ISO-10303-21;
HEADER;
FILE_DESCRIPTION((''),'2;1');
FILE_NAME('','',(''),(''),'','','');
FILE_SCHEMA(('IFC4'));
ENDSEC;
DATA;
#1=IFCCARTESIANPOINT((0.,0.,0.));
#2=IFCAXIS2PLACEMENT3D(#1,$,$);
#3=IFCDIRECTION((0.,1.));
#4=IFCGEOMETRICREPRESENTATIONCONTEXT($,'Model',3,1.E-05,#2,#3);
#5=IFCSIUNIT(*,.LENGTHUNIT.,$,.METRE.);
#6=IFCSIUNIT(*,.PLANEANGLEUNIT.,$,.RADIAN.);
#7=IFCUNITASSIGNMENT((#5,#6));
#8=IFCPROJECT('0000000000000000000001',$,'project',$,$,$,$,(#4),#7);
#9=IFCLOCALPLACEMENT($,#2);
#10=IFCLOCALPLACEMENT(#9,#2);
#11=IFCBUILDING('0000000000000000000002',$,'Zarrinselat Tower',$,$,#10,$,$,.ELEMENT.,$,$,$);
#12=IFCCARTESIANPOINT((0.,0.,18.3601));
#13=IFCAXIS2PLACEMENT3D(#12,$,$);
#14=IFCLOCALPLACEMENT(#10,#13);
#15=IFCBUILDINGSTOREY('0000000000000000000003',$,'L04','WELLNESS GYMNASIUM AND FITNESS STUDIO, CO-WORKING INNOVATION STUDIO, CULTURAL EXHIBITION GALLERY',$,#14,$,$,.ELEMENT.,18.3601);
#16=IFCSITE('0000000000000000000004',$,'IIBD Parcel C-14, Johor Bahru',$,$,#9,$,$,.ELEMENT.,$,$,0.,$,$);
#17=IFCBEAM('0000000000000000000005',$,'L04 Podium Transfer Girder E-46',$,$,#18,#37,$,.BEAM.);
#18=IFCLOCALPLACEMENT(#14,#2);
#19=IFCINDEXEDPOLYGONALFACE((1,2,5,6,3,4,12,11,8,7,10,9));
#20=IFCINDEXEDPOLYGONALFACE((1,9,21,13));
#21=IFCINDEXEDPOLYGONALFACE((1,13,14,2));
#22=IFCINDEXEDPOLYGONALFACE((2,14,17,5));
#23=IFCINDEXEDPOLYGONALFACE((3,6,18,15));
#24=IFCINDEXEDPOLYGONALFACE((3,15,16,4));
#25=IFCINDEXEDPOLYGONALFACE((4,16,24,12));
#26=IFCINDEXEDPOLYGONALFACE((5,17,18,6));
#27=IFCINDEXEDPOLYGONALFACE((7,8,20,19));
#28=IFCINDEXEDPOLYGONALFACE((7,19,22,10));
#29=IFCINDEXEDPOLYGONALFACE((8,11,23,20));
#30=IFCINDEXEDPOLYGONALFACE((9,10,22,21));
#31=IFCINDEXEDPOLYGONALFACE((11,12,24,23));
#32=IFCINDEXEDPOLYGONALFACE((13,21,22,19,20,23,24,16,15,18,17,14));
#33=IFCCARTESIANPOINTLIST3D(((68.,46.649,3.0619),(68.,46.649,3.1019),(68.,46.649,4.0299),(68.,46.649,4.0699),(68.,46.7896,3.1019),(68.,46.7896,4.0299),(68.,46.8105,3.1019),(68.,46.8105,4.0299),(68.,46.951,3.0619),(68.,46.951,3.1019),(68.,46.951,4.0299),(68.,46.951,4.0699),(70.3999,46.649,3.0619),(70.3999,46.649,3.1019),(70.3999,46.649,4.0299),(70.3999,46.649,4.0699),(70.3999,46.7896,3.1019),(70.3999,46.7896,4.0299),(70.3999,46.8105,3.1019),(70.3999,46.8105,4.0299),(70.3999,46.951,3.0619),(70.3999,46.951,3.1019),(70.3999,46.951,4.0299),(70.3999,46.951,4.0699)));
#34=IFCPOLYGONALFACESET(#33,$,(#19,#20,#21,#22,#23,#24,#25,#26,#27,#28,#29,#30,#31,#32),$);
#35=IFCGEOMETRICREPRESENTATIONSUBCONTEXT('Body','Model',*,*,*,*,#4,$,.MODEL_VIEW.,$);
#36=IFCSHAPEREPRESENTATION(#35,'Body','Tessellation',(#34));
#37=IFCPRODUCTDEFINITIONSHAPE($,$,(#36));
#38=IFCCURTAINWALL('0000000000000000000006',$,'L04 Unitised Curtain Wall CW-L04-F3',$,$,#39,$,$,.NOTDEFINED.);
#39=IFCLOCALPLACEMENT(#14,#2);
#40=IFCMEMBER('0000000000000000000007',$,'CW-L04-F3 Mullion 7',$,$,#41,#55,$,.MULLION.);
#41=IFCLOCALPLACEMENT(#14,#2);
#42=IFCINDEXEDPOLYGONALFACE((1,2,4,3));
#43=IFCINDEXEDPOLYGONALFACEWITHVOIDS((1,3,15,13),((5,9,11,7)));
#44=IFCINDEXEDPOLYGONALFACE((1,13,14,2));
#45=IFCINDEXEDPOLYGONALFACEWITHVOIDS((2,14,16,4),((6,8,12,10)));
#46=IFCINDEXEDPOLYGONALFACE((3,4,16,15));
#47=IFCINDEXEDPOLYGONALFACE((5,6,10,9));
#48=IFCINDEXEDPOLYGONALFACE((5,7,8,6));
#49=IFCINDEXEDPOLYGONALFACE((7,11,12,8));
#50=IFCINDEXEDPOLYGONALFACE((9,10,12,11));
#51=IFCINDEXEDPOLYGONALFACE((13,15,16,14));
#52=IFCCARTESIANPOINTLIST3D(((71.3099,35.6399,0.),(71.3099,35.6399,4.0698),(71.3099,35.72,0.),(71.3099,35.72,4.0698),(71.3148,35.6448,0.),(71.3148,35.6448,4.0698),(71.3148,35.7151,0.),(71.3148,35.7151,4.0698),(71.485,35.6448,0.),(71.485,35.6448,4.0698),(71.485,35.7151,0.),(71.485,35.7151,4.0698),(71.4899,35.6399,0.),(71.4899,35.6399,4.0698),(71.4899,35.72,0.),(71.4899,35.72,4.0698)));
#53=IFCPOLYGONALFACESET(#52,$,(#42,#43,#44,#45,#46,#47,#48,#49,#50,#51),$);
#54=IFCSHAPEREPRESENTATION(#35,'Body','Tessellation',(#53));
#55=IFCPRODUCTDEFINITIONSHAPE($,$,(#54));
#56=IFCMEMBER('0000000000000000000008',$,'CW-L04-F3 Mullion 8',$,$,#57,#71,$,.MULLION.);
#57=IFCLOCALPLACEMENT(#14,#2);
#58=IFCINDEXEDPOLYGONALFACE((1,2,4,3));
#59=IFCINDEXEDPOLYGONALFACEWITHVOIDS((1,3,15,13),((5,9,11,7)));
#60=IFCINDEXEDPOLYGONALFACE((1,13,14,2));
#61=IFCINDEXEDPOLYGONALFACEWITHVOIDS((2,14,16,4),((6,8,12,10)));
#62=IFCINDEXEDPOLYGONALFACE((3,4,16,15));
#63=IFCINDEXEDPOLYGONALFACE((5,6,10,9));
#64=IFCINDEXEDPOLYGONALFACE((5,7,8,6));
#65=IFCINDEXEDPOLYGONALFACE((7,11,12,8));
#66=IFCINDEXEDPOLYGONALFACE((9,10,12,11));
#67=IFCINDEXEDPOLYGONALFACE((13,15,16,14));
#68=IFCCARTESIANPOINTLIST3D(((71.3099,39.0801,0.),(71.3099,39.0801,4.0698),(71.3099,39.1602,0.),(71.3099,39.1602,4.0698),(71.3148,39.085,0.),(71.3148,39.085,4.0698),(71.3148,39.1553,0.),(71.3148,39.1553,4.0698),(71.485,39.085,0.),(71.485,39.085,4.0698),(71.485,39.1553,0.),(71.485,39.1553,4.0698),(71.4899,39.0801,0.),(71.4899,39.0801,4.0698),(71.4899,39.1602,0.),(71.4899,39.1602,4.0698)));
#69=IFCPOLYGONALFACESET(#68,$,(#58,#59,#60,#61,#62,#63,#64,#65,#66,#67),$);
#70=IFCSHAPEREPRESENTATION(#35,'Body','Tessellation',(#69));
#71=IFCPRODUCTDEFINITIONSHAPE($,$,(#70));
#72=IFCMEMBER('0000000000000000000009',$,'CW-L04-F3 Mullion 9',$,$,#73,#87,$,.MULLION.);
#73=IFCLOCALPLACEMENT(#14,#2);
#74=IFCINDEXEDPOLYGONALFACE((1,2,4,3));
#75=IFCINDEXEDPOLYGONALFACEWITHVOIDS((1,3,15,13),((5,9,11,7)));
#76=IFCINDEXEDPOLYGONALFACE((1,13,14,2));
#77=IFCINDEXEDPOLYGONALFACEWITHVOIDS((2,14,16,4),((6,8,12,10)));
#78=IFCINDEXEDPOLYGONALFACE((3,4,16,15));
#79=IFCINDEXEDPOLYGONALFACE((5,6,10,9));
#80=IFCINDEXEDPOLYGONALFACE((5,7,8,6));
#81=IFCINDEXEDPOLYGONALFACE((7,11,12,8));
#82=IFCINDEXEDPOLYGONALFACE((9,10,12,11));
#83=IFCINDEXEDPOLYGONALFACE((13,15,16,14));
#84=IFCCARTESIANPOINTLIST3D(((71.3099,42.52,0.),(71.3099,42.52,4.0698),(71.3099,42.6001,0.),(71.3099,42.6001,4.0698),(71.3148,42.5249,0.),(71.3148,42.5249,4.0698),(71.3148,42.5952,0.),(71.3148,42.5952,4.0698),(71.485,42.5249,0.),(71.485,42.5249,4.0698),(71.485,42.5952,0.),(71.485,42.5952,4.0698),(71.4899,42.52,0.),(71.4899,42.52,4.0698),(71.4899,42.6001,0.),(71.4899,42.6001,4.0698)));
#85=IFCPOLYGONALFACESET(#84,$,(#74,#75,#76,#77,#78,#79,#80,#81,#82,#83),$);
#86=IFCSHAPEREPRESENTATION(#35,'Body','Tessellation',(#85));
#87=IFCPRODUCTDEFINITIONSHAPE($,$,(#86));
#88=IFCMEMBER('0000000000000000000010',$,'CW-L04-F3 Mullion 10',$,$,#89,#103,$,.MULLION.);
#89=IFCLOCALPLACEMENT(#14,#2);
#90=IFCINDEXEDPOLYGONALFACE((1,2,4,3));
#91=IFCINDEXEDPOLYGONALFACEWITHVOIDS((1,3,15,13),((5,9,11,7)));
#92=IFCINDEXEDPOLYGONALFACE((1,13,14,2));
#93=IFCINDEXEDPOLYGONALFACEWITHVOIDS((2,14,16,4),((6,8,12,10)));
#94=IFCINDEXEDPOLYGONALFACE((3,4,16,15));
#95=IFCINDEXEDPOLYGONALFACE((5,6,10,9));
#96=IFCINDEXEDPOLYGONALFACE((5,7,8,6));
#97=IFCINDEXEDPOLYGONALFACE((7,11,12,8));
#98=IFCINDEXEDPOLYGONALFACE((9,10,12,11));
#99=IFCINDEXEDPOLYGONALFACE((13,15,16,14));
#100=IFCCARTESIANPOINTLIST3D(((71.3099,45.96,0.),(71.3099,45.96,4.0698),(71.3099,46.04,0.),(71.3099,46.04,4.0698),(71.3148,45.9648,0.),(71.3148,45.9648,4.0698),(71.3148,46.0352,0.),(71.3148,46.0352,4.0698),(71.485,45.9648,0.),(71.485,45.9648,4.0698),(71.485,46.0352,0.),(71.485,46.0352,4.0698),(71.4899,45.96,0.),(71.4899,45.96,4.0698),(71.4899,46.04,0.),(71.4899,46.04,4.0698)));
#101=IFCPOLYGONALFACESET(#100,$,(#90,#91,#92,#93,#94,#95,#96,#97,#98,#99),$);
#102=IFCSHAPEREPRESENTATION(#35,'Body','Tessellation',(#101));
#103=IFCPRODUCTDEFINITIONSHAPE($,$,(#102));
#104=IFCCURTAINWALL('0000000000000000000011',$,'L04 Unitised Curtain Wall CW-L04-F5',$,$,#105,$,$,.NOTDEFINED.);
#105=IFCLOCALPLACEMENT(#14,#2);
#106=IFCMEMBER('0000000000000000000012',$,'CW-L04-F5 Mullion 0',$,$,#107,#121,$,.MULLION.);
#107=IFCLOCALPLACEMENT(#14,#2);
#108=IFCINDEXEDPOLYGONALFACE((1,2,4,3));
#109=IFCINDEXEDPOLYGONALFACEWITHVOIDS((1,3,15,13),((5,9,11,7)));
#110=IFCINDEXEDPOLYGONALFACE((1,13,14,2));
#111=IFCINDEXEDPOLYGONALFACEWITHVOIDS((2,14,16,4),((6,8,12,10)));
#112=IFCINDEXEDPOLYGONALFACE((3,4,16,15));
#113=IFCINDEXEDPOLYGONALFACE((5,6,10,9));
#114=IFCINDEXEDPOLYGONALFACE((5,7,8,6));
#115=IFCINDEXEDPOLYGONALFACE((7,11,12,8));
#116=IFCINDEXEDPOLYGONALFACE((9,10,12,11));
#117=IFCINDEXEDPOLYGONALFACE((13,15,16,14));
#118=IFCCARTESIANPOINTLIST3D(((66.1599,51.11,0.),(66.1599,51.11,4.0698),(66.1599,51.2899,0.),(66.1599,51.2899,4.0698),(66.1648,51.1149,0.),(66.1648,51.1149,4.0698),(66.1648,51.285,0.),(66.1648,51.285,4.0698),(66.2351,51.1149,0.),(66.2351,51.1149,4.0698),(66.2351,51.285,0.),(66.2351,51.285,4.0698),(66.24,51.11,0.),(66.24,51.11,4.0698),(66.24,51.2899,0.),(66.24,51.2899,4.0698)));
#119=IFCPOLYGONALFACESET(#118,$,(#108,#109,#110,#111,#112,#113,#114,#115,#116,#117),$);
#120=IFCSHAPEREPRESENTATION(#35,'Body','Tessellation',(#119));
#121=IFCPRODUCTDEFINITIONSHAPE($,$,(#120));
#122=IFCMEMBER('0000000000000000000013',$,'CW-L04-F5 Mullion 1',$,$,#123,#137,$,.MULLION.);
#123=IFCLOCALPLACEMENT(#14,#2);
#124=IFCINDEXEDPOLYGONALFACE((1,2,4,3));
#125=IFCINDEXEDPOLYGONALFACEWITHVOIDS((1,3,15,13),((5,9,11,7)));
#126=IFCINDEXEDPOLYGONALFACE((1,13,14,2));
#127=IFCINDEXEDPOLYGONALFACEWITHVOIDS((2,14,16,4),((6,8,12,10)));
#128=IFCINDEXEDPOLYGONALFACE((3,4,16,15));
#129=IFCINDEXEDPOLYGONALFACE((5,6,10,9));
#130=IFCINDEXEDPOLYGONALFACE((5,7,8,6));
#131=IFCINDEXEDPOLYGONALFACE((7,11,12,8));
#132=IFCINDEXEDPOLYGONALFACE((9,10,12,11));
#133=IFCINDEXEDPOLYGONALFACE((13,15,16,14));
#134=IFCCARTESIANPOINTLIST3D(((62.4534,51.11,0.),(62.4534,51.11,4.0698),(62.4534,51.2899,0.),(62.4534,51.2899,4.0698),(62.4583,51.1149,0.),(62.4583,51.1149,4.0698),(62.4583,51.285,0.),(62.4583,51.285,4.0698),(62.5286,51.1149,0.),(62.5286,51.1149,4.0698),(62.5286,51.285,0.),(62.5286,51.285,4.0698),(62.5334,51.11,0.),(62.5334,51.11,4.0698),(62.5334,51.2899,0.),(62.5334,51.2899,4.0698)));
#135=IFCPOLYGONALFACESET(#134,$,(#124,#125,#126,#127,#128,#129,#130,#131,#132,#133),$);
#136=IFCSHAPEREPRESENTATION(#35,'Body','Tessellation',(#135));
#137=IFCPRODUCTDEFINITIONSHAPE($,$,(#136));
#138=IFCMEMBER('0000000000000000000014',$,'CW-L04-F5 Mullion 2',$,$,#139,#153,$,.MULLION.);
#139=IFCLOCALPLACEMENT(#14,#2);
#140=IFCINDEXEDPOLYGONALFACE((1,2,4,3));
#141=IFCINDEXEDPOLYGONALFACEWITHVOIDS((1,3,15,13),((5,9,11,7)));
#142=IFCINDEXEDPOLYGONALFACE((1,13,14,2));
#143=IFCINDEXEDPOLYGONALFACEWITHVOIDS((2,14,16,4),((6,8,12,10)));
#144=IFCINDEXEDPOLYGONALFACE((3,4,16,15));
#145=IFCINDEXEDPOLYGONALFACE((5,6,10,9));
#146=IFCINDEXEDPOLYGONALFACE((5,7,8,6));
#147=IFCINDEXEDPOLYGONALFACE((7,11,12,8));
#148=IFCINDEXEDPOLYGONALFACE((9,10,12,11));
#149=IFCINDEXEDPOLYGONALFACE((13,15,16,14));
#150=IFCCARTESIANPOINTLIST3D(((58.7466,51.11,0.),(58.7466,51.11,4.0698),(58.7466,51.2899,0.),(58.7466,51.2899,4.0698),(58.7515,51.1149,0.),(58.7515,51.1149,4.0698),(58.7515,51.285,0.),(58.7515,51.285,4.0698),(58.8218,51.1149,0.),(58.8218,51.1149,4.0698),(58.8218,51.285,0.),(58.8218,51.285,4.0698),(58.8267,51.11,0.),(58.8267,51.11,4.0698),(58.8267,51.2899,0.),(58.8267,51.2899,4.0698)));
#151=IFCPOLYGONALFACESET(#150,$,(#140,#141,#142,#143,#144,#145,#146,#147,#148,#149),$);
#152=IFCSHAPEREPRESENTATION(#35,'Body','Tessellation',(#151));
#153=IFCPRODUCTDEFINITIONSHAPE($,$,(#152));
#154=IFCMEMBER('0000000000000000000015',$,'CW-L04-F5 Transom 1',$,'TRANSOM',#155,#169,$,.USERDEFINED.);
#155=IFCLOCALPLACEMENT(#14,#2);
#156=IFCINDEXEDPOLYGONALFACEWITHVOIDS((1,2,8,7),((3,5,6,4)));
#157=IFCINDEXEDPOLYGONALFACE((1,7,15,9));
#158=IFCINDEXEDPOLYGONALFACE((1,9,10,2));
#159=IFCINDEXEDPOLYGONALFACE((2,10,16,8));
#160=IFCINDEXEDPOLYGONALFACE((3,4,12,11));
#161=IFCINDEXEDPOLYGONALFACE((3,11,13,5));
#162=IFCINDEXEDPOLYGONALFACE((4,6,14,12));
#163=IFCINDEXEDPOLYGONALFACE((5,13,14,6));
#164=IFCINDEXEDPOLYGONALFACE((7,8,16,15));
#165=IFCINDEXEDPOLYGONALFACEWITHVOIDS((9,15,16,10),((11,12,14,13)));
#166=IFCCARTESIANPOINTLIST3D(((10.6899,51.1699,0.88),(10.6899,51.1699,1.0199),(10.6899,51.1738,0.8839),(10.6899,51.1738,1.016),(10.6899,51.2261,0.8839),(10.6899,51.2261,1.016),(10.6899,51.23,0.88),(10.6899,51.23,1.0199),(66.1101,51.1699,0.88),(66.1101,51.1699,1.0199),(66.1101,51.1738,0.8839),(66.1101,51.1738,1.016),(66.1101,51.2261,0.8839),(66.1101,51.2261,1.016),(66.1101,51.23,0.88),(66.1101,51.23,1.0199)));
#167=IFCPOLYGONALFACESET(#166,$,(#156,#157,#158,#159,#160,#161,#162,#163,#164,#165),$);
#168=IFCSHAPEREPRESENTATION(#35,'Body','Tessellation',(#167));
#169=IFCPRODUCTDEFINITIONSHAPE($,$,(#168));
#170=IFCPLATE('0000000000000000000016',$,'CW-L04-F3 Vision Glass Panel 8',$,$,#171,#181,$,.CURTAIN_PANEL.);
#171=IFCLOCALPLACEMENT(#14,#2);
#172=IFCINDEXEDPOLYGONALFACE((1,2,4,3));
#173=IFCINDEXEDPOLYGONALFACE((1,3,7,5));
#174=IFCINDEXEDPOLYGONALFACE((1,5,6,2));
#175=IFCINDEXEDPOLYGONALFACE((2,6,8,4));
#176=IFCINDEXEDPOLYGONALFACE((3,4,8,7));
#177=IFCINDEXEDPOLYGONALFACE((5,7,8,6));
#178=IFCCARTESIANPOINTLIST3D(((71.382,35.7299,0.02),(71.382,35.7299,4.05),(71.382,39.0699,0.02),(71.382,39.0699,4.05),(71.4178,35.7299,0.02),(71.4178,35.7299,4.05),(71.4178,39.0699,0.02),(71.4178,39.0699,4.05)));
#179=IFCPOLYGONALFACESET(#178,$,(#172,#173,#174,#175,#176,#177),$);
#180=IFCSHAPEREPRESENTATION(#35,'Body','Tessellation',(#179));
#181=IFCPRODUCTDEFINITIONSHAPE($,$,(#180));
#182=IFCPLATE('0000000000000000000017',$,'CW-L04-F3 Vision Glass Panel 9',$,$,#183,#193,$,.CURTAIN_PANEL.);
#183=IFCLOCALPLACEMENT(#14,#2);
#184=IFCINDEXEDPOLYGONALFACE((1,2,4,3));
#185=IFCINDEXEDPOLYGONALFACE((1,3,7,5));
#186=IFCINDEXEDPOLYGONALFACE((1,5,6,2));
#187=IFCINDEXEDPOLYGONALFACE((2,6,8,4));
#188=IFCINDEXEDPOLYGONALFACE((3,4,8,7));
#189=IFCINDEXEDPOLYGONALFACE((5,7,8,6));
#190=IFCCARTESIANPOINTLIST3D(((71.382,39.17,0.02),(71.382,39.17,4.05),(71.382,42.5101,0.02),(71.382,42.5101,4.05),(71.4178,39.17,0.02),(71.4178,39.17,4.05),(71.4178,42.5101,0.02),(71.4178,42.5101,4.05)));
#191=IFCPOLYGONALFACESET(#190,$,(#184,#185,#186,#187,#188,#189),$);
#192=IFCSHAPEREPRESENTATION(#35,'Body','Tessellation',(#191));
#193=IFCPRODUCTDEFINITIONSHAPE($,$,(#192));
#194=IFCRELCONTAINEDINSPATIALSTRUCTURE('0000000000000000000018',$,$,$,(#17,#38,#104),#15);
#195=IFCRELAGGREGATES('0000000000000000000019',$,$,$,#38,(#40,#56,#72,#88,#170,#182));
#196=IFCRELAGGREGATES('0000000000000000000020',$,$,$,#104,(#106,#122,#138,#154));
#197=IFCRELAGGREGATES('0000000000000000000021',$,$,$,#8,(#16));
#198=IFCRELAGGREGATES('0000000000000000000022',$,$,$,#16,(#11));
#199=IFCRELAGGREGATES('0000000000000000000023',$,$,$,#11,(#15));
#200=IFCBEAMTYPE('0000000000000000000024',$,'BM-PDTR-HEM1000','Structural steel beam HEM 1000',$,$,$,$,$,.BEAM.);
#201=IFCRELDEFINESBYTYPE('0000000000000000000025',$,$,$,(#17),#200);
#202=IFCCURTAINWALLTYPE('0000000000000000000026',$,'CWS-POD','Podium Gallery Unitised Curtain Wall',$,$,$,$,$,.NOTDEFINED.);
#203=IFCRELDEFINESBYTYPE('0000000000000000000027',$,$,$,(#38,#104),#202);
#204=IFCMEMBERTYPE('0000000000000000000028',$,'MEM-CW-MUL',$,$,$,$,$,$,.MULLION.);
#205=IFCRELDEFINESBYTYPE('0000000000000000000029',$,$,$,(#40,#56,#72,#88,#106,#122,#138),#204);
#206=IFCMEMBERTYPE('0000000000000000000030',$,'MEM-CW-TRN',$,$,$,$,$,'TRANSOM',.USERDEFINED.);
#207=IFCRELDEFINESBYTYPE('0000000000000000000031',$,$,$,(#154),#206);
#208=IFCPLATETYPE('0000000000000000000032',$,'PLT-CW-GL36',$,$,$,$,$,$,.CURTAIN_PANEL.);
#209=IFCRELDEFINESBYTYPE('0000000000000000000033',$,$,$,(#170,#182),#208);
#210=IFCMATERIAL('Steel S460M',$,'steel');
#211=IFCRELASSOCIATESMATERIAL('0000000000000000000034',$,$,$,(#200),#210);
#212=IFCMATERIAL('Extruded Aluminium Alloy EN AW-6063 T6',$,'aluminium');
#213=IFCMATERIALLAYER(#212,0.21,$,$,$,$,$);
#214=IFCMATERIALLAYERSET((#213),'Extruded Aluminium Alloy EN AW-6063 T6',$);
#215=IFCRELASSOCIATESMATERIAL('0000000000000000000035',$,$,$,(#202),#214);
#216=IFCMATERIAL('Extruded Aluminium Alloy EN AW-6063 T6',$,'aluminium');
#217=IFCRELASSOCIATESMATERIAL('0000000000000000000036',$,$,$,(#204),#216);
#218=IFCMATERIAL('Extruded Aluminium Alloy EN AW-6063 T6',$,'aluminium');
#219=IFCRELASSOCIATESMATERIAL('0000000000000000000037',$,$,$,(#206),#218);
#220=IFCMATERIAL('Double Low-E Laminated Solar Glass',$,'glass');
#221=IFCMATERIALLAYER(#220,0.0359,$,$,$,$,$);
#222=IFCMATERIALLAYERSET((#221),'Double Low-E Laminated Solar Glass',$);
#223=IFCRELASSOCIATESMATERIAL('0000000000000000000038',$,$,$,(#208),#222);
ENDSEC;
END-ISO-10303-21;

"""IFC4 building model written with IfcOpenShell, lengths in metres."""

from ifc_helpers import new_model, si_unit, direction, frame, origin, origin_2d, place, context, subcontext, project, spatial, rectangle, hollow_rectangle, i_section, extrude, material, layer, layer_set, material_profile, profile_set, type_object, element, aggregate, save


model = new_model("IFC4")

# Units and contexts
model_context = context("Model", 3, precision=1e-05, world=origin(), true_north=direction((0.0, 1.0)))
body_context = subcontext(model_context, "Body", "Model", "MODEL_VIEW")
ifc_project = project(units=[si_unit("LENGTHUNIT", "METRE"), si_unit("PLANEANGLEUNIT", "RADIAN")], contexts=[model_context])

# Site, building, storey
site_placement = place(None, origin())
site = spatial("IfcSite", under=ifc_project, at=site_placement, Name="IIBD Parcel C-14, Johor Bahru", CompositionType="ELEMENT", RefElevation=0.0)
building_placement = place(site_placement, origin())
building = spatial("IfcBuilding", under=site, at=building_placement, Name="Zarrinselat Tower", CompositionType="ELEMENT")
storey_placement = place(building_placement, frame((0.0, 0.0, 18.3601)))
storey = spatial("IfcBuildingStorey", under=building, at=storey_placement, Name="L04", Description="WELLNESS GYMNASIUM AND FITNESS STUDIO, CO-WORKING INNOVATION STUDIO, CULTURAL EXHIBITION GALLERY", CompositionType="ELEMENT", Elevation=18.3601)

# Beam
ifc_material_1 = material(Name="Steel S460M", Category="steel")
ifc_material_profile_1 = material_profile(ifc_material_1, i_section(OverallWidth=0.302, OverallDepth=1.0081, WebThickness=0.021, FlangeThickness=0.04, at=origin_2d()), Name="HEM 1000")
ifc_profile_set_1 = profile_set([ifc_material_profile_1], Name="Steel S460M")
beam_type_1 = type_object("IfcBeamType", Name="BM-PDTR-HEM1000", Description="Structural steel beam HEM 1000", PredefinedType="BEAM", material=ifc_profile_set_1)
for number, where, z_axis, x_axis, name in (
    (1, (68.0, 46.8, 3.5659), (1.0, 0.0, 0.0), (0.0, 1.0, 0.0), "L04 Podium Transfer Girder E-46"),
):
    element("IfcBeam", number, at=place(storey_placement, frame(where, z_axis=z_axis, x_axis=x_axis)), inside=storey, type_object=beam_type_1, Name=name, PredefinedType="BEAM", context=body_context, shape_type="SweptSolid", body=[
        extrude(i_section(OverallWidth=0.302, OverallDepth=1.0081, WebThickness=0.021, FlangeThickness=0.04, at=origin_2d()), origin(), (0.0, 0.0, 1.0), 2.3999),
    ])

# Curtain walls, members
ifc_material_2 = material(Name="Extruded Aluminium Alloy EN AW-6063 T6", Category="aluminium")
ifc_layer_1 = layer(ifc_material_2, 0.21)
ifc_layer_set_1 = layer_set([ifc_layer_1], Name="Extruded Aluminium Alloy EN AW-6063 T6")
curtain_wall_type = type_object("IfcCurtainWallType", Name="CWS-POD", Description="Podium Gallery Unitised Curtain Wall", PredefinedType="NOTDEFINED", material=ifc_layer_set_1)
curtain_wall_1_placement = place(storey_placement, origin())
curtain_wall_1 = element("IfcCurtainWall", 2, at=curtain_wall_1_placement, inside=storey, type_object=curtain_wall_type, Name="L04 Unitised Curtain Wall CW-L04-F3", PredefinedType="NOTDEFINED")
ifc_material_3 = material(Name="Extruded Aluminium Alloy EN AW-6063 T6", Category="aluminium")
ifc_material_profile_2 = material_profile(ifc_material_3, hollow_rectangle(XDim=0.0801, YDim=0.1799, WallThickness=0.0049, at=origin_2d()), Name="RHS 180x80x5")
ifc_profile_set_2 = profile_set([ifc_material_profile_2], Name="Extruded Aluminium Alloy EN AW-6063 T6")
member_type_1 = type_object("IfcMemberType", Name="MEM-CW-MUL", PredefinedType="MULLION", material=ifc_profile_set_2)
member_1_placement = place(storey_placement, frame((71.3999, 35.6799, 0.0), z_axis=(0.0, 0.0, 1.0), x_axis=(0.0, 1.0, 0.0)))
member_1 = element("IfcMember", 3, at=member_1_placement, type_object=member_type_1, Name="CW-L04-F3 Mullion 7", PredefinedType="MULLION", context=body_context, shape_type="SweptSolid", body=[
    extrude(hollow_rectangle(XDim=0.0801, YDim=0.1799, WallThickness=0.0049, at=origin_2d()), origin(), (0.0, 0.0, 1.0), 4.0698),
])
member_2_placement = place(storey_placement, frame((71.3999, 39.1201, 0.0), z_axis=(0.0, 0.0, 1.0), x_axis=(0.0, 1.0, 0.0)))
member_2 = element("IfcMember", 4, at=member_2_placement, type_object=member_type_1, Name="CW-L04-F3 Mullion 8", PredefinedType="MULLION", context=body_context, shape_type="SweptSolid", body=[
    extrude(hollow_rectangle(XDim=0.0801, YDim=0.1799, WallThickness=0.0049, at=origin_2d()), origin(), (0.0, 0.0, 1.0), 4.0698),
])
member_3_placement = place(storey_placement, frame((71.3999, 42.5601, 0.0), z_axis=(0.0, 0.0, 1.0), x_axis=(0.0, 1.0, 0.0)))
member_3 = element("IfcMember", 5, at=member_3_placement, type_object=member_type_1, Name="CW-L04-F3 Mullion 9", PredefinedType="MULLION", context=body_context, shape_type="SweptSolid", body=[
    extrude(hollow_rectangle(XDim=0.0801, YDim=0.1799, WallThickness=0.0049, at=origin_2d()), origin(), (0.0, 0.0, 1.0), 4.0698),
])
member_4_placement = place(storey_placement, frame((71.3999, 46.0, 0.0), z_axis=(0.0, 0.0, 1.0), x_axis=(0.0, 1.0, 0.0)))
member_4 = element("IfcMember", 6, at=member_4_placement, type_object=member_type_1, Name="CW-L04-F3 Mullion 10", PredefinedType="MULLION", context=body_context, shape_type="SweptSolid", body=[
    extrude(hollow_rectangle(XDim=0.0801, YDim=0.1799, WallThickness=0.0049, at=origin_2d()), origin(), (0.0, 0.0, 1.0), 4.0698),
])
curtain_wall_2_placement = place(storey_placement, origin())
curtain_wall_2 = element("IfcCurtainWall", 7, at=curtain_wall_2_placement, inside=storey, type_object=curtain_wall_type, Name="L04 Unitised Curtain Wall CW-L04-F5", PredefinedType="NOTDEFINED")
member_5_placement = place(storey_placement, frame((66.2, 51.2, 0.0), z_axis=(0.0, 0.0, 1.0), x_axis=(-1.0, 0.0, 0.0)))
member_5 = element("IfcMember", 8, at=member_5_placement, type_object=member_type_1, Name="CW-L04-F5 Mullion 0", PredefinedType="MULLION", context=body_context, shape_type="SweptSolid", body=[
    extrude(hollow_rectangle(XDim=0.0801, YDim=0.1799, WallThickness=0.0049, at=origin_2d()), origin(), (0.0, 0.0, 1.0), 4.0698),
])
member_6_placement = place(storey_placement, frame((62.4934, 51.2, 0.0), z_axis=(0.0, 0.0, 1.0), x_axis=(-1.0, 0.0, 0.0)))
member_6 = element("IfcMember", 9, at=member_6_placement, type_object=member_type_1, Name="CW-L04-F5 Mullion 1", PredefinedType="MULLION", context=body_context, shape_type="SweptSolid", body=[
    extrude(hollow_rectangle(XDim=0.0801, YDim=0.1799, WallThickness=0.0049, at=origin_2d()), origin(), (0.0, 0.0, 1.0), 4.0698),
])
member_7_placement = place(storey_placement, frame((58.7866, 51.2, 0.0), z_axis=(0.0, 0.0, 1.0), x_axis=(-1.0, 0.0, 0.0)))
member_7 = element("IfcMember", 10, at=member_7_placement, type_object=member_type_1, Name="CW-L04-F5 Mullion 2", PredefinedType="MULLION", context=body_context, shape_type="SweptSolid", body=[
    extrude(hollow_rectangle(XDim=0.0801, YDim=0.1799, WallThickness=0.0049, at=origin_2d()), origin(), (0.0, 0.0, 1.0), 4.0698),
])
ifc_material_4 = material(Name="Extruded Aluminium Alloy EN AW-6063 T6", Category="aluminium")
ifc_material_profile_3 = material_profile(ifc_material_4, hollow_rectangle(XDim=0.0601, YDim=0.1399, WallThickness=0.0039, at=origin_2d()), Name="RHS 140x60x4")
ifc_profile_set_3 = profile_set([ifc_material_profile_3], Name="Extruded Aluminium Alloy EN AW-6063 T6")
member_type_2 = type_object("IfcMemberType", Name="MEM-CW-TRN", ElementType="TRANSOM", PredefinedType="USERDEFINED", material=ifc_profile_set_3)
member_8_placement = place(storey_placement, frame((66.1101, 51.2, 0.95), z_axis=(-1.0, 0.0, 0.0), x_axis=(0.0, -1.0, 0.0)))
member_8 = element("IfcMember", 11, at=member_8_placement, type_object=member_type_2, Name="CW-L04-F5 Transom 1", ObjectType="TRANSOM", PredefinedType="USERDEFINED", context=body_context, shape_type="SweptSolid", body=[
    extrude(hollow_rectangle(XDim=0.0601, YDim=0.1399, WallThickness=0.0039, at=origin_2d()), origin(), (0.0, 0.0, 1.0), 55.4202),
])

# Plates
ifc_material_5 = material(Name="Double Low-E Laminated Solar Glass", Category="glass")
ifc_layer_2 = layer(ifc_material_5, 0.0359)
ifc_layer_set_2 = layer_set([ifc_layer_2], Name="Double Low-E Laminated Solar Glass")
plate_type = type_object("IfcPlateType", Name="PLT-CW-GL36", PredefinedType="CURTAIN_PANEL", material=ifc_layer_set_2)
plate_1_placement = place(storey_placement, frame((71.3999, 37.3999, 0.02), z_axis=(0.0, 0.0, 1.0), x_axis=(0.0, 1.0, 0.0)))
plate_1 = element("IfcPlate", 12, at=plate_1_placement, type_object=plate_type, Name="CW-L04-F3 Vision Glass Panel 8", PredefinedType="CURTAIN_PANEL", context=body_context, shape_type="SweptSolid", body=[
    extrude(rectangle(XDim=3.3401, YDim=0.0359, at=origin_2d()), origin(), (0.0, 0.0, 1.0), 4.03),
])
plate_2_placement = place(storey_placement, frame((71.3999, 40.8401, 0.02), z_axis=(0.0, 0.0, 1.0), x_axis=(0.0, 1.0, 0.0)))
plate_2 = element("IfcPlate", 13, at=plate_2_placement, type_object=plate_type, Name="CW-L04-F3 Vision Glass Panel 9", PredefinedType="CURTAIN_PANEL", context=body_context, shape_type="SweptSolid", body=[
    extrude(rectangle(XDim=3.3401, YDim=0.0359, at=origin_2d()), origin(), (0.0, 0.0, 1.0), 4.03),
])
aggregate(curtain_wall_1, [member_1, member_2, member_3, member_4, plate_1, plate_2])
aggregate(curtain_wall_2, [member_5, member_6, member_7, member_8])

save(model, "model.ifc")
